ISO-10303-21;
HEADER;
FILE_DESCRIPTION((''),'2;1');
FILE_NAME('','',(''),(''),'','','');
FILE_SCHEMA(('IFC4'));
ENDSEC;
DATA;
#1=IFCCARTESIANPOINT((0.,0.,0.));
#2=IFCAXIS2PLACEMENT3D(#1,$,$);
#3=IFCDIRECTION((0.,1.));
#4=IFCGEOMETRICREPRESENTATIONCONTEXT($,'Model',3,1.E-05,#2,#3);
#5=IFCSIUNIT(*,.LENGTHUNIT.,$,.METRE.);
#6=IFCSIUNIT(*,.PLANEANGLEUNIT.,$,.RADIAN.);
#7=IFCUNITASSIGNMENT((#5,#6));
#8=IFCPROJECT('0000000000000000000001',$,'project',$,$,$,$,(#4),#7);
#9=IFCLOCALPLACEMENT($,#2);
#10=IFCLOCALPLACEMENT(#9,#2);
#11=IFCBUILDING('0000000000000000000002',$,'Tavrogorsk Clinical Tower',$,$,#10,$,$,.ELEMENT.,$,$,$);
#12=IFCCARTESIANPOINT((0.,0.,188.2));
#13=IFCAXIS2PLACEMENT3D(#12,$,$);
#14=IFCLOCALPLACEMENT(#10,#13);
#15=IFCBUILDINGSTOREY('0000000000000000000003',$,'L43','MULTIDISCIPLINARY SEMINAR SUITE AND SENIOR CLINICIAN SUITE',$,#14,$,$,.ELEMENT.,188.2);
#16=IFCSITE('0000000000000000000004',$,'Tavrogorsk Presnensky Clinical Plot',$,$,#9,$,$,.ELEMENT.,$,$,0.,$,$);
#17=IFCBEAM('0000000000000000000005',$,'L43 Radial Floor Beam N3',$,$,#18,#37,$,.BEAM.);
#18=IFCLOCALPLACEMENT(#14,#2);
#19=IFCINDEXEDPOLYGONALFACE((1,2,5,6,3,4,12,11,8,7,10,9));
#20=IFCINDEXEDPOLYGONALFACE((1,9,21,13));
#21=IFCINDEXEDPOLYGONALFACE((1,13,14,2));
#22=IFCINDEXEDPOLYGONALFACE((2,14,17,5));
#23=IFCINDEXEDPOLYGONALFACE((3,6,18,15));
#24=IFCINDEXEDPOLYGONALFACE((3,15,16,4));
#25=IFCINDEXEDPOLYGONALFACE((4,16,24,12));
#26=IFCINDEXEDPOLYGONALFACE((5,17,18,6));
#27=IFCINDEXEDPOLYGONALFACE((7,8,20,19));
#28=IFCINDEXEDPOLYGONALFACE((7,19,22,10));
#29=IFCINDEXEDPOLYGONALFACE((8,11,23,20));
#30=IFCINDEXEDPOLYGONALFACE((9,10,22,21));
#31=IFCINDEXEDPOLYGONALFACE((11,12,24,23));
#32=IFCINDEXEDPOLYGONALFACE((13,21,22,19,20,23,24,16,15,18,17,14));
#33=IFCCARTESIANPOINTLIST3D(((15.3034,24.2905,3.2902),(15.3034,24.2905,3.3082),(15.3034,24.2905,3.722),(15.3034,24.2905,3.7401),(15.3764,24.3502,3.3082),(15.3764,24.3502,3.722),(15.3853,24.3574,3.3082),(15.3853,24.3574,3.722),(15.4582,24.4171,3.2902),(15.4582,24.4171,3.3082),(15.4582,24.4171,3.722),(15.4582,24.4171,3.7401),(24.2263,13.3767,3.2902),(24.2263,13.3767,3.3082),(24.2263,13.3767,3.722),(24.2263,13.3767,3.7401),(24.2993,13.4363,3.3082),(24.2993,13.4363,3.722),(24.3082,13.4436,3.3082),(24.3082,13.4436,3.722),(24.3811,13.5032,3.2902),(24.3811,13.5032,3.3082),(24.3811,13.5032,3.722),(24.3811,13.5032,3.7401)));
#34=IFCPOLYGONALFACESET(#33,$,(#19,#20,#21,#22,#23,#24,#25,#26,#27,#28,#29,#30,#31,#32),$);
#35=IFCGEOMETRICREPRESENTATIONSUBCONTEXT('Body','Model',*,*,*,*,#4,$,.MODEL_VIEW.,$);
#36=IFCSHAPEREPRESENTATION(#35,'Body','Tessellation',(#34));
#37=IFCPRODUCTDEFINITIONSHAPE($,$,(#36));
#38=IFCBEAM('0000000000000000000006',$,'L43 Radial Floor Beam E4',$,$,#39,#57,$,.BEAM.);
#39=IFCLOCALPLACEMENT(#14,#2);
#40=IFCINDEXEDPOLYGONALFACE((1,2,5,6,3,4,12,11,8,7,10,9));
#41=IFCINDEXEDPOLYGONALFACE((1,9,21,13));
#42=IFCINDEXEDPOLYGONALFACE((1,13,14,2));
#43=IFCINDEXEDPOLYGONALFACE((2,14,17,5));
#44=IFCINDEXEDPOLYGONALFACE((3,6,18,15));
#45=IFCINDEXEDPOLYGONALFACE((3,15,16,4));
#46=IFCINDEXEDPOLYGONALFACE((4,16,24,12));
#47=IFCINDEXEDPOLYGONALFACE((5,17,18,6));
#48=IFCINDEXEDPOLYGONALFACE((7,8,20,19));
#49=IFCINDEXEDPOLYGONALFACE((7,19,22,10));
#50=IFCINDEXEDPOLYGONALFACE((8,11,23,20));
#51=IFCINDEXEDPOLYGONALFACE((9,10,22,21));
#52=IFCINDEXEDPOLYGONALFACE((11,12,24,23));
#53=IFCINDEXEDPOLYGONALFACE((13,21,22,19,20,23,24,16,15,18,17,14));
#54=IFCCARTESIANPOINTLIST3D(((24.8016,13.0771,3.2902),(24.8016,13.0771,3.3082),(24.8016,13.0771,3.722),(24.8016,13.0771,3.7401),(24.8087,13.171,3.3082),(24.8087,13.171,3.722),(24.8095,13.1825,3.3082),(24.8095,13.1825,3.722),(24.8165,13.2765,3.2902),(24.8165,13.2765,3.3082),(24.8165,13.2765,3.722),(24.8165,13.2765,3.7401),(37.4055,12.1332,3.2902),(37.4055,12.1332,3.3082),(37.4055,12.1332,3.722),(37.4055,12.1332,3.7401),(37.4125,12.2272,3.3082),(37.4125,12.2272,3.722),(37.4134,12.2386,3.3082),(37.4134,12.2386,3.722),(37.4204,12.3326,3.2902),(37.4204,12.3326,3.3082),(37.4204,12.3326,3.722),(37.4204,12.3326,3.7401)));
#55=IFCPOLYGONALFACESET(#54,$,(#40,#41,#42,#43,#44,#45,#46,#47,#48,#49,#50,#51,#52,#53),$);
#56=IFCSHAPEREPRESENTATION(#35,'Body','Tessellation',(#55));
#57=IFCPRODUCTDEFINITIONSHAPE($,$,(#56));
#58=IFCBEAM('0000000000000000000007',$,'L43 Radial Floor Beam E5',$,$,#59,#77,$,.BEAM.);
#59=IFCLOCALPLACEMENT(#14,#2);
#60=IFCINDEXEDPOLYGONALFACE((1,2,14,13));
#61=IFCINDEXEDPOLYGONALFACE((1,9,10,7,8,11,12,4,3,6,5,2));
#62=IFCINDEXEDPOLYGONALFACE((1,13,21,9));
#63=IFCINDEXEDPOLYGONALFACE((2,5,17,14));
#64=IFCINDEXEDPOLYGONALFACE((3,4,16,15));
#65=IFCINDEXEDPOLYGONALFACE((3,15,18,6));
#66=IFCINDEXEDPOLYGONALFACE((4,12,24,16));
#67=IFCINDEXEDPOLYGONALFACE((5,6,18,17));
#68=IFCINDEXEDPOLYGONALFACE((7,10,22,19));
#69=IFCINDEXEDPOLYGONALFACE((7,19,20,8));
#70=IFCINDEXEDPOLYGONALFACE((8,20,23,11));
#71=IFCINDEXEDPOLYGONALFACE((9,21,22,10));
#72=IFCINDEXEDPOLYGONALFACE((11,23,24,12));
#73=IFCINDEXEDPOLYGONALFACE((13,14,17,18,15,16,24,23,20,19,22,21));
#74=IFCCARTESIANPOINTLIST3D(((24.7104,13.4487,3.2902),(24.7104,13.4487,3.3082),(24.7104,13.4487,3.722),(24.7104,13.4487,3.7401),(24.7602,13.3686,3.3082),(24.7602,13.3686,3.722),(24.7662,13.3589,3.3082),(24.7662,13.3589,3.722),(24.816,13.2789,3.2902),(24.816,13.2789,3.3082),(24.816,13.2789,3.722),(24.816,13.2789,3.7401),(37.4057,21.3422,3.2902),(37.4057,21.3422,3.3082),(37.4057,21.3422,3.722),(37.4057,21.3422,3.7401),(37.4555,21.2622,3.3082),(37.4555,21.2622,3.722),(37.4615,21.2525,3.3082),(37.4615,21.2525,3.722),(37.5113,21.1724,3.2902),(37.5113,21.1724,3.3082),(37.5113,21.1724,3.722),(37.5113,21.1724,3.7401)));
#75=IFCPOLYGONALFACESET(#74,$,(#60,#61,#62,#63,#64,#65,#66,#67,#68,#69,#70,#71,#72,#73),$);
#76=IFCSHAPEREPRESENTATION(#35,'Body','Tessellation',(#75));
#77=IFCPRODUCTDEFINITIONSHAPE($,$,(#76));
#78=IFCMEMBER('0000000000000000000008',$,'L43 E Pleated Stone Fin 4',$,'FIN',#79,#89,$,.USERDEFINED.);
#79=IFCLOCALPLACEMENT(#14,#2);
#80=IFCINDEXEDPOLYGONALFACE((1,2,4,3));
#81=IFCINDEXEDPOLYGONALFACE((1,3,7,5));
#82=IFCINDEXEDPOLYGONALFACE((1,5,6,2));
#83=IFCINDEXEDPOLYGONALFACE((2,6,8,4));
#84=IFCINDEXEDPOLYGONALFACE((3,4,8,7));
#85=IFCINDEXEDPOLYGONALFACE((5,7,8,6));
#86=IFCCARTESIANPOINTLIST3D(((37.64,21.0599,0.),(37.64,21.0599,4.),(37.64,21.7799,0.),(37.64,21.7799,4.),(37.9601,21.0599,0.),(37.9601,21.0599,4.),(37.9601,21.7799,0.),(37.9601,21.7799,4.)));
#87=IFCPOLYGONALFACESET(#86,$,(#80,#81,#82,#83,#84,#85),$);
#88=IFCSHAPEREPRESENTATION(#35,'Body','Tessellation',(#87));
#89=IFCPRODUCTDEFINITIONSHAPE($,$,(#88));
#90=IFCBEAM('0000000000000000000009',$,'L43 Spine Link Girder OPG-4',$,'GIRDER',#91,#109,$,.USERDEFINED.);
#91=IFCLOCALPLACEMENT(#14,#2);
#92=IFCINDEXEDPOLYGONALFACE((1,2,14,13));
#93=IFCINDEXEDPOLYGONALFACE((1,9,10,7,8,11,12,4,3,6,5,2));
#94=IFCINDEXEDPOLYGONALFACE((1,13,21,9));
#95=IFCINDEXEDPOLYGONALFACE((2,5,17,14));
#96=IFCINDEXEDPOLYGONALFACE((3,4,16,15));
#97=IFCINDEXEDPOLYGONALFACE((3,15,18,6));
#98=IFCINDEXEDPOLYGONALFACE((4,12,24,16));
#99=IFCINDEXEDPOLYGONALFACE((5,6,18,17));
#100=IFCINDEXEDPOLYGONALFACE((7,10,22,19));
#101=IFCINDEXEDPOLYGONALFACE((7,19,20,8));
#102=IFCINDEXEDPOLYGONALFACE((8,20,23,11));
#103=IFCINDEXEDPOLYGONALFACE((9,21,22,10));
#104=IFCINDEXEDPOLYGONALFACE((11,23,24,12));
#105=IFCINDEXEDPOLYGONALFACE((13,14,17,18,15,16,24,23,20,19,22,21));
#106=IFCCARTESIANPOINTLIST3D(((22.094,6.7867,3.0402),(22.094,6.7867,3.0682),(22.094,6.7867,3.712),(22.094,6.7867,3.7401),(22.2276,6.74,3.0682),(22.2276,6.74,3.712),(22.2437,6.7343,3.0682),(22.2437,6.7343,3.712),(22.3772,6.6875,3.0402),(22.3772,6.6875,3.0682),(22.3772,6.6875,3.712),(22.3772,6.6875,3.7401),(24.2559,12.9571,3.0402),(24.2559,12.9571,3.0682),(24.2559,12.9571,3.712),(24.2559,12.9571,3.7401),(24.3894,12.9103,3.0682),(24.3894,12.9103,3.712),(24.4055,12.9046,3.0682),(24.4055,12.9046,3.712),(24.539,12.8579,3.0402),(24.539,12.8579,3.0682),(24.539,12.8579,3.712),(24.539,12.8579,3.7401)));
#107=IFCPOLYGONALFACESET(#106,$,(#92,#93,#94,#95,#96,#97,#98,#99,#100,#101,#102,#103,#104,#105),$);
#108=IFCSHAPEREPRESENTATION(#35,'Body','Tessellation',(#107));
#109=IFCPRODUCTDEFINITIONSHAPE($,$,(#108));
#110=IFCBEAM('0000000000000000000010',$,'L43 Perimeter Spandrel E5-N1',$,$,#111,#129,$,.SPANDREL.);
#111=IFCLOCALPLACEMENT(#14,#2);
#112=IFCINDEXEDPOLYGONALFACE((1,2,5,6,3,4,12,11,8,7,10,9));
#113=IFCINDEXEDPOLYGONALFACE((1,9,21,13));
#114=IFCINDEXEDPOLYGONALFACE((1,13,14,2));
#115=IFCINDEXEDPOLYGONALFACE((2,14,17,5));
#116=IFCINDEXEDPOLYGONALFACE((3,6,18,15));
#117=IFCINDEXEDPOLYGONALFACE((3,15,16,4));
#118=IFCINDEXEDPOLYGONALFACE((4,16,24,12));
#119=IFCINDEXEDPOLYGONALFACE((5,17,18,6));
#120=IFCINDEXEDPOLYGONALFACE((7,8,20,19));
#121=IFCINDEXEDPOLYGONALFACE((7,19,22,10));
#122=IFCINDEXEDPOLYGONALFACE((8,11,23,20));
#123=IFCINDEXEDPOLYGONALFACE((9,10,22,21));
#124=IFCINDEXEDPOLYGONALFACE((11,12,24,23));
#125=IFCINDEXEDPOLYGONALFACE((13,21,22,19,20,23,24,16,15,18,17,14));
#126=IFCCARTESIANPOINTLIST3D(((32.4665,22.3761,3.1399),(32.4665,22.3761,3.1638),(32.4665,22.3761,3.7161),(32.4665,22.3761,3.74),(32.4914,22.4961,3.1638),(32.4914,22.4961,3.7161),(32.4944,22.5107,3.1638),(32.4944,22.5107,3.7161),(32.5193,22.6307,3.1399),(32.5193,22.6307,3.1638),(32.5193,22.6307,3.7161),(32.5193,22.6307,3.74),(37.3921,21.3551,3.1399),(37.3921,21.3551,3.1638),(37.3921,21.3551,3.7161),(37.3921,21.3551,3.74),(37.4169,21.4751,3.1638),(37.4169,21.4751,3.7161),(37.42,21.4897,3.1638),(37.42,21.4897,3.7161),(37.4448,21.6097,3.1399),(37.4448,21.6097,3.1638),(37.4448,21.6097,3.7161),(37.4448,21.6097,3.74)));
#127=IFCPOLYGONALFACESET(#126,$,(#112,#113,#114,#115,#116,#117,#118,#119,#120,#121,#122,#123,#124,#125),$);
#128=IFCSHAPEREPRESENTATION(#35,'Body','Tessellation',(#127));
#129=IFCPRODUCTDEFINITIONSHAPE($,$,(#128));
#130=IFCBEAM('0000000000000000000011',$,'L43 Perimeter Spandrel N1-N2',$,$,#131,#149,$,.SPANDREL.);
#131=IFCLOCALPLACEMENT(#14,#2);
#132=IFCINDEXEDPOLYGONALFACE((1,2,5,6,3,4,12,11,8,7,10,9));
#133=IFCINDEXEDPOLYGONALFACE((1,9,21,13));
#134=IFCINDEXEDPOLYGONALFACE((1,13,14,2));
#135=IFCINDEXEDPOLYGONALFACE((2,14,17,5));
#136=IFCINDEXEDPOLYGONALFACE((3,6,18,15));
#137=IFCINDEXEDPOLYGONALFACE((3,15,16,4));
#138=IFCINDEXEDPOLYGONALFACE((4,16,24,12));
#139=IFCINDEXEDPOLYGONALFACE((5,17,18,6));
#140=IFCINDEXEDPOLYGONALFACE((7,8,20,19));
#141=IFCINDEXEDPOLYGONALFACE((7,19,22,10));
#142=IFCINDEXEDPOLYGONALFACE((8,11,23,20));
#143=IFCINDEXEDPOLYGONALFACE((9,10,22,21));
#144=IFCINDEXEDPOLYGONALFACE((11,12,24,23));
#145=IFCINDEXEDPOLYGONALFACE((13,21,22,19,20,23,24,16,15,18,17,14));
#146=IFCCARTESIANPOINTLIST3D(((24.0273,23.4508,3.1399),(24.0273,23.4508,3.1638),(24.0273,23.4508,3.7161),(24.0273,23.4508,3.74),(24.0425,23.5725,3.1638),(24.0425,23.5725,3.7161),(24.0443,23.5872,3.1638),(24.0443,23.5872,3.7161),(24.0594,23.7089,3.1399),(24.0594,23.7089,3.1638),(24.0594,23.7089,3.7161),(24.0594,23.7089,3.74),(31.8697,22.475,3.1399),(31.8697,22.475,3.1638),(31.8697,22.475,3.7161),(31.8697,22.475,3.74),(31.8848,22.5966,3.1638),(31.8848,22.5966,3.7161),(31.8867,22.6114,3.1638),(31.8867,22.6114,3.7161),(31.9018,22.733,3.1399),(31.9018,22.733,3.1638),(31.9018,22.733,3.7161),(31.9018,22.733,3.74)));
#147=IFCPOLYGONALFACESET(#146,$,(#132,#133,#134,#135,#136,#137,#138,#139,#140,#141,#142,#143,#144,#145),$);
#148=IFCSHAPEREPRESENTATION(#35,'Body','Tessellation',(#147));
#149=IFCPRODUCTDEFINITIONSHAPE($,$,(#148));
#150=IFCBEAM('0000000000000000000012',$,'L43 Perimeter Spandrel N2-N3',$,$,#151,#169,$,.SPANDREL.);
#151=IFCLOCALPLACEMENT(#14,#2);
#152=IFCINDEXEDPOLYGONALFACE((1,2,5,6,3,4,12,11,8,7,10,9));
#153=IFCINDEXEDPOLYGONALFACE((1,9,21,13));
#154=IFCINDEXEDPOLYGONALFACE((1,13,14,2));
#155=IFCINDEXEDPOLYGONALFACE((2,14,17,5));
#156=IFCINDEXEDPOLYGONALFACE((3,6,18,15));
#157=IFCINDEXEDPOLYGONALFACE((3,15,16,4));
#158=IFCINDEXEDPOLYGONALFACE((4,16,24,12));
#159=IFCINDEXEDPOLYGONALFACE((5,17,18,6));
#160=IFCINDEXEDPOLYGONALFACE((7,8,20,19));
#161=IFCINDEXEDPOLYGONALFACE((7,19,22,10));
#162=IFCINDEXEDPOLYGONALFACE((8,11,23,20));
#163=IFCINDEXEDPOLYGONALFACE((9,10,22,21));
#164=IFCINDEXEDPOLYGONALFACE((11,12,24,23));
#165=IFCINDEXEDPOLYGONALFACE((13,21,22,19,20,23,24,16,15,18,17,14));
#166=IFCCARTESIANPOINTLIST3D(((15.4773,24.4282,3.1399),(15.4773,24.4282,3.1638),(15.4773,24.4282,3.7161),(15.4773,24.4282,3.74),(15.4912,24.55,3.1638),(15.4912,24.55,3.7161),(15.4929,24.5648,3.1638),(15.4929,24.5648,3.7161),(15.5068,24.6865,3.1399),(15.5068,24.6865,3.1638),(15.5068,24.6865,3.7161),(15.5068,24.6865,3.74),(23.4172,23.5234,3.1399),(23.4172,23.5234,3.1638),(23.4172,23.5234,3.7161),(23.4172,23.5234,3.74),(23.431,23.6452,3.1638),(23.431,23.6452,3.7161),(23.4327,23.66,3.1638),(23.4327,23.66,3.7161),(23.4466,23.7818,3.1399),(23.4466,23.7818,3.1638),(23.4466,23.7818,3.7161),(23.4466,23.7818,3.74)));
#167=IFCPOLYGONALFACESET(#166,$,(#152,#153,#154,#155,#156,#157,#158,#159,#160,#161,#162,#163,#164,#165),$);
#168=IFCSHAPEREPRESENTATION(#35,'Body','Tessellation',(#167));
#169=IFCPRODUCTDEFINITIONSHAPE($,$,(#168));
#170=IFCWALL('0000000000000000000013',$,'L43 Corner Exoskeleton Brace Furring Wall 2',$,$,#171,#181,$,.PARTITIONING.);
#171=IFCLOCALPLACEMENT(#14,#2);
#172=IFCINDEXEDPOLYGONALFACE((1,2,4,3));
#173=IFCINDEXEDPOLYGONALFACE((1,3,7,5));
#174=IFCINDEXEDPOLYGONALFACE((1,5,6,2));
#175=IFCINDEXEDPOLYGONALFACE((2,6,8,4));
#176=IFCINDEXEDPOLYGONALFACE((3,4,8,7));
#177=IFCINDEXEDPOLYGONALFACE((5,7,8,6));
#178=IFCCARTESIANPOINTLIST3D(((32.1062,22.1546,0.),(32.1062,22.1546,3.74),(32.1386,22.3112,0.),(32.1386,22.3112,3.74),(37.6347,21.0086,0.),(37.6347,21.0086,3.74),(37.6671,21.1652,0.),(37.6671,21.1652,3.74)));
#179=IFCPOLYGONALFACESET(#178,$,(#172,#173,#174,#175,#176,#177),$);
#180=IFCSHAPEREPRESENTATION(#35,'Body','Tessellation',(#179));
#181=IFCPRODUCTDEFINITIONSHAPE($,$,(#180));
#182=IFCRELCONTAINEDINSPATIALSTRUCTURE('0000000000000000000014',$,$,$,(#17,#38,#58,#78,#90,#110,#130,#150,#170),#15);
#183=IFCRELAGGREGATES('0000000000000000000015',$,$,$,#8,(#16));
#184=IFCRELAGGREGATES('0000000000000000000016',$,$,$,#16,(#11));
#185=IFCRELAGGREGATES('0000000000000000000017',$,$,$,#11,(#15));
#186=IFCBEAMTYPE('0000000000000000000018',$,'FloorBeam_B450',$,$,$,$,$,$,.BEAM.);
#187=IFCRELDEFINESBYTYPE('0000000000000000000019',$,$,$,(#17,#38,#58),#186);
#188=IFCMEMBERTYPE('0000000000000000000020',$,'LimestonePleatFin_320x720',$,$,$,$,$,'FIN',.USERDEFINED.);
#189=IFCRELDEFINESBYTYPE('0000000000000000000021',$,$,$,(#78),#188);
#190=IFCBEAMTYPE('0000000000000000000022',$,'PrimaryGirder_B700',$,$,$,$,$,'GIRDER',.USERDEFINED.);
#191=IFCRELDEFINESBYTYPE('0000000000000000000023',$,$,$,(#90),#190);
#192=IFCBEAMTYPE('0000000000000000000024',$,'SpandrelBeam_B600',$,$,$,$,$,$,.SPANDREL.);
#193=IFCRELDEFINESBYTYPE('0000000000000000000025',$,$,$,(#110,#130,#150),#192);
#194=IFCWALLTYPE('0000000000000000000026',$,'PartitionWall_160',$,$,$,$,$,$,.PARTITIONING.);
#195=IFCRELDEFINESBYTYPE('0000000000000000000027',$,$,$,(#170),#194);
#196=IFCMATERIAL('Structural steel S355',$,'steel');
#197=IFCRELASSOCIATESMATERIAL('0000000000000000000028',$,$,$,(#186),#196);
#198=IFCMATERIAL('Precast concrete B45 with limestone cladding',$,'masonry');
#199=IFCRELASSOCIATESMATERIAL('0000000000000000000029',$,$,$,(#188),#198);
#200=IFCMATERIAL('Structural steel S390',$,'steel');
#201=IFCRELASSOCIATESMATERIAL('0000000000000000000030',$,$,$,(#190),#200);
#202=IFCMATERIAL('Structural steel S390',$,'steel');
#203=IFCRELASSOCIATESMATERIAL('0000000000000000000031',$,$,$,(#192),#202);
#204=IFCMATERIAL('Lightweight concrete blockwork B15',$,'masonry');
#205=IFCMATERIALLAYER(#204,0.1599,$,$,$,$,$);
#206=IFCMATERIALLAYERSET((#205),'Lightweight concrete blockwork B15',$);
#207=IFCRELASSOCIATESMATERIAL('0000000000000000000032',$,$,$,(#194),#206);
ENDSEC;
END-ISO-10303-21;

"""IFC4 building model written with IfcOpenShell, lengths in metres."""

from ifc_helpers import new_model, si_unit, direction, frame, frame_2d, origin, origin_2d, place, context, subcontext, project, spatial, rectangle, i_section, extrude, material, layer, layer_set, material_profile, profile_set, type_object, element, save


model = new_model("IFC4")

# Units and contexts
model_context = context("Model", 3, precision=1e-05, world=origin(), true_north=direction((0.0, 1.0)))
body_context = subcontext(model_context, "Body", "Model", "MODEL_VIEW")
ifc_project = project(units=[si_unit("LENGTHUNIT", "METRE"), si_unit("PLANEANGLEUNIT", "RADIAN")], contexts=[model_context])

# Site, building, storey
site_placement = place(None, origin())
site = spatial("IfcSite", under=ifc_project, at=site_placement, Name="Tavrogorsk Presnensky Clinical Plot", CompositionType="ELEMENT", RefElevation=0.0)
building_placement = place(site_placement, origin())
building = spatial("IfcBuilding", under=site, at=building_placement, Name="Tavrogorsk Clinical Tower", CompositionType="ELEMENT")
storey_placement = place(building_placement, frame((0.0, 0.0, 188.2)))
storey = spatial("IfcBuildingStorey", under=building, at=storey_placement, Name="L43", Description="MULTIDISCIPLINARY SEMINAR SUITE AND SENIOR CLINICIAN SUITE", CompositionType="ELEMENT", Elevation=188.2)

# Beams
ifc_material_1 = material(Name="Structural steel S355", Category="steel")
ifc_material_profile_1 = material_profile(ifc_material_1, i_section(OverallWidth=0.2, OverallDepth=0.45, WebThickness=0.0115, FlangeThickness=0.0181, at=origin_2d()), Name="B-450x200x11.5x18")
ifc_profile_set_1 = profile_set([ifc_material_profile_1], Name="Structural steel S355")
beam_type_1 = type_object("IfcBeamType", Name="FloorBeam_B450", PredefinedType="BEAM", material=ifc_profile_set_1)
beam_1_placement = place(storey_placement, frame((24.3037, 13.4399, 3.5151), z_axis=(-0.632956, 0.774188, 0.0), x_axis=(-0.774188, -0.632956, 0.0)))
element("IfcBeam", 1, at=beam_1_placement, inside=storey, type_object=beam_type_1, Name="L43 Radial Floor Beam N3", PredefinedType="BEAM", context=body_context, shape_type="SweptSolid", body=[
    extrude(i_section(OverallWidth=0.2, OverallDepth=0.45, WebThickness=0.0115, FlangeThickness=0.0181, at=origin_2d()), origin(), (0.0, 0.0, 1.0), 14.0972),
])
beam_2_placement = place(storey_placement, frame((24.8091, 13.1768, 3.5151), z_axis=(0.997208, -0.074677, 0.0), x_axis=(0.074677, 0.997208, 0.0)))
element("IfcBeam", 2, at=beam_2_placement, inside=storey, type_object=beam_type_1, Name="L43 Radial Floor Beam E4", PredefinedType="BEAM", context=body_context, shape_type="SweptSolid", body=[
    extrude(i_section(OverallWidth=0.2, OverallDepth=0.45, WebThickness=0.0115, FlangeThickness=0.0181, at=origin_2d()), origin(), (0.0, 0.0, 1.0), 12.6392),
])
beam_3_placement = place(storey_placement, frame((24.7632, 13.3638, 3.5151), z_axis=(0.849229, 0.528025, 0.0), x_axis=(-0.528025, 0.849229, 0.0)))
element("IfcBeam", 3, at=beam_3_placement, inside=storey, type_object=beam_type_1, Name="L43 Radial Floor Beam E5", PredefinedType="BEAM", context=body_context, shape_type="SweptSolid", body=[
    extrude(i_section(OverallWidth=0.2, OverallDepth=0.45, WebThickness=0.0115, FlangeThickness=0.0181, at=origin_2d()), origin(), (0.0, 0.0, 1.0), 14.9492),
])

# Member
ifc_material_2 = material(Name="Precast concrete B45 with limestone cladding", Category="masonry")
ifc_material_profile_2 = material_profile(ifc_material_2, rectangle(XDim=0.3201, YDim=0.72, at=origin_2d()), Name="LIMESTONE-FIN-320x720")
ifc_profile_set_2 = profile_set([ifc_material_profile_2], Name="Precast concrete B45 with limestone cladding")
member_type_1 = type_object("IfcMemberType", Name="LimestonePleatFin_320x720", ElementType="FIN", PredefinedType="USERDEFINED", material=ifc_profile_set_2)
member_1_placement = place(storey_placement, frame((37.8, 21.4199, 0.0), z_axis=(0.0, 0.0, 1.0), x_axis=(1.0, 0.0, 0.0)))
element("IfcMember", 4, at=member_1_placement, inside=storey, type_object=member_type_1, Name="L43 E Pleated Stone Fin 4", ObjectType="FIN", PredefinedType="USERDEFINED", context=body_context, shape_type="SweptSolid", body=[
    extrude(rectangle(XDim=0.3201, YDim=0.72, at=origin_2d()), origin(), (0.0, 0.0, 1.0), 4.0),
])

# Beams
ifc_material_3 = material(Name="Structural steel S390", Category="steel")
ifc_material_profile_3 = material_profile(ifc_material_3, i_section(OverallWidth=0.3, OverallDepth=0.7, WebThickness=0.0171, FlangeThickness=0.0281, at=origin_2d()), Name="B-700x300x17x28")
ifc_profile_set_3 = profile_set([ifc_material_profile_3], Name="Structural steel S390")
beam_type_2 = type_object("IfcBeamType", Name="PrimaryGirder_B700", ElementType="GIRDER", PredefinedType="USERDEFINED", material=ifc_profile_set_3)
beam_4_placement = place(storey_placement, frame((24.3975, 12.9075, 3.3901), z_axis=(-0.330653, -0.943752, 0.0), x_axis=(0.943752, -0.330653, 0.0)))
element("IfcBeam", 5, at=beam_4_placement, inside=storey, type_object=beam_type_2, Name="L43 Spine Link Girder OPG-4", ObjectType="GIRDER", PredefinedType="USERDEFINED", context=body_context, shape_type="SweptSolid", body=[
    extrude(i_section(OverallWidth=0.3, OverallDepth=0.7, WebThickness=0.0171, FlangeThickness=0.0281, at=origin_2d()), origin(), (0.0, 0.0, 1.0), 6.5381),
])
ifc_material_4 = material(Name="Structural steel S390", Category="steel")
ifc_material_profile_4 = material_profile(ifc_material_4, i_section(OverallWidth=0.26, OverallDepth=0.6001, WebThickness=0.0149, FlangeThickness=0.0239, at=origin_2d()), Name="B-600x260x15x24")
ifc_profile_set_4 = profile_set([ifc_material_profile_4], Name="Structural steel S390")
beam_type_3 = type_object("IfcBeamType", Name="SpandrelBeam_B600", PredefinedType="SPANDREL", material=ifc_profile_set_4)
beam_5_placement = place(storey_placement, frame((37.4185, 21.4824, 3.4399), z_axis=(-0.979185, 0.202972, 0.0), x_axis=(-0.202972, -0.979185, 0.0)))
element("IfcBeam", 6, at=beam_5_placement, inside=storey, type_object=beam_type_3, Name="L43 Perimeter Spandrel E5-N1", PredefinedType="SPANDREL", context=body_context, shape_type="SweptSolid", body=[
    extrude(i_section(OverallWidth=0.26, OverallDepth=0.6001, WebThickness=0.0149, FlangeThickness=0.0239, at=origin_2d()), origin(), (0.0, 0.0, 1.0), 5.0303),
])
beam_6_placement = place(storey_placement, frame((31.8857, 22.604, 3.4399), z_axis=(-0.992347, 0.12348, 0.0), x_axis=(-0.12348, -0.992347, 0.0)))
element("IfcBeam", 7, at=beam_6_placement, inside=storey, type_object=beam_type_3, Name="L43 Perimeter Spandrel N1-N2", PredefinedType="SPANDREL", context=body_context, shape_type="SweptSolid", body=[
    extrude(i_section(OverallWidth=0.26, OverallDepth=0.6001, WebThickness=0.0149, FlangeThickness=0.0239, at=origin_2d()), origin(), (0.0, 0.0, 1.0), 7.9028),
])
beam_7_placement = place(storey_placement, frame((23.4319, 23.6526, 3.4399), z_axis=(-0.99357, 0.113221, 0.0), x_axis=(-0.113221, -0.99357, 0.0)))
element("IfcBeam", 8, at=beam_7_placement, inside=storey, type_object=beam_type_3, Name="L43 Perimeter Spandrel N2-N3", PredefinedType="SPANDREL", context=body_context, shape_type="SweptSolid", body=[
    extrude(i_section(OverallWidth=0.26, OverallDepth=0.6001, WebThickness=0.0149, FlangeThickness=0.0239, at=origin_2d()), origin(), (0.0, 0.0, 1.0), 7.9912),
])

# Wall
ifc_material_5 = material(Name="Lightweight concrete blockwork B15", Category="masonry")
ifc_layer_1 = layer(ifc_material_5, 0.1599)
ifc_layer_set_1 = layer_set([ifc_layer_1], Name="Lightweight concrete blockwork B15")
wall_type_1 = type_object("IfcWallType", Name="PartitionWall_160", PredefinedType="PARTITIONING", material=ifc_layer_set_1)
wall_1_placement = place(storey_placement, frame((37.6509, 21.0869, 0.0), z_axis=(0.0, 0.0, 1.0), x_axis=(-0.979185, 0.202972, 0.0)))
element("IfcWall", 9, at=wall_1_placement, inside=storey, type_object=wall_type_1, Name="L43 Corner Exoskeleton Brace Furring Wall 2", PredefinedType="PARTITIONING", context=body_context, shape_type="SweptSolid", body=[
    extrude(rectangle(XDim=5.646, YDim=0.1599, at=frame_2d((2.823, 0.0))), origin(), (0.0, 0.0, 1.0), 3.74),
])

save(model, "model.ifc")
